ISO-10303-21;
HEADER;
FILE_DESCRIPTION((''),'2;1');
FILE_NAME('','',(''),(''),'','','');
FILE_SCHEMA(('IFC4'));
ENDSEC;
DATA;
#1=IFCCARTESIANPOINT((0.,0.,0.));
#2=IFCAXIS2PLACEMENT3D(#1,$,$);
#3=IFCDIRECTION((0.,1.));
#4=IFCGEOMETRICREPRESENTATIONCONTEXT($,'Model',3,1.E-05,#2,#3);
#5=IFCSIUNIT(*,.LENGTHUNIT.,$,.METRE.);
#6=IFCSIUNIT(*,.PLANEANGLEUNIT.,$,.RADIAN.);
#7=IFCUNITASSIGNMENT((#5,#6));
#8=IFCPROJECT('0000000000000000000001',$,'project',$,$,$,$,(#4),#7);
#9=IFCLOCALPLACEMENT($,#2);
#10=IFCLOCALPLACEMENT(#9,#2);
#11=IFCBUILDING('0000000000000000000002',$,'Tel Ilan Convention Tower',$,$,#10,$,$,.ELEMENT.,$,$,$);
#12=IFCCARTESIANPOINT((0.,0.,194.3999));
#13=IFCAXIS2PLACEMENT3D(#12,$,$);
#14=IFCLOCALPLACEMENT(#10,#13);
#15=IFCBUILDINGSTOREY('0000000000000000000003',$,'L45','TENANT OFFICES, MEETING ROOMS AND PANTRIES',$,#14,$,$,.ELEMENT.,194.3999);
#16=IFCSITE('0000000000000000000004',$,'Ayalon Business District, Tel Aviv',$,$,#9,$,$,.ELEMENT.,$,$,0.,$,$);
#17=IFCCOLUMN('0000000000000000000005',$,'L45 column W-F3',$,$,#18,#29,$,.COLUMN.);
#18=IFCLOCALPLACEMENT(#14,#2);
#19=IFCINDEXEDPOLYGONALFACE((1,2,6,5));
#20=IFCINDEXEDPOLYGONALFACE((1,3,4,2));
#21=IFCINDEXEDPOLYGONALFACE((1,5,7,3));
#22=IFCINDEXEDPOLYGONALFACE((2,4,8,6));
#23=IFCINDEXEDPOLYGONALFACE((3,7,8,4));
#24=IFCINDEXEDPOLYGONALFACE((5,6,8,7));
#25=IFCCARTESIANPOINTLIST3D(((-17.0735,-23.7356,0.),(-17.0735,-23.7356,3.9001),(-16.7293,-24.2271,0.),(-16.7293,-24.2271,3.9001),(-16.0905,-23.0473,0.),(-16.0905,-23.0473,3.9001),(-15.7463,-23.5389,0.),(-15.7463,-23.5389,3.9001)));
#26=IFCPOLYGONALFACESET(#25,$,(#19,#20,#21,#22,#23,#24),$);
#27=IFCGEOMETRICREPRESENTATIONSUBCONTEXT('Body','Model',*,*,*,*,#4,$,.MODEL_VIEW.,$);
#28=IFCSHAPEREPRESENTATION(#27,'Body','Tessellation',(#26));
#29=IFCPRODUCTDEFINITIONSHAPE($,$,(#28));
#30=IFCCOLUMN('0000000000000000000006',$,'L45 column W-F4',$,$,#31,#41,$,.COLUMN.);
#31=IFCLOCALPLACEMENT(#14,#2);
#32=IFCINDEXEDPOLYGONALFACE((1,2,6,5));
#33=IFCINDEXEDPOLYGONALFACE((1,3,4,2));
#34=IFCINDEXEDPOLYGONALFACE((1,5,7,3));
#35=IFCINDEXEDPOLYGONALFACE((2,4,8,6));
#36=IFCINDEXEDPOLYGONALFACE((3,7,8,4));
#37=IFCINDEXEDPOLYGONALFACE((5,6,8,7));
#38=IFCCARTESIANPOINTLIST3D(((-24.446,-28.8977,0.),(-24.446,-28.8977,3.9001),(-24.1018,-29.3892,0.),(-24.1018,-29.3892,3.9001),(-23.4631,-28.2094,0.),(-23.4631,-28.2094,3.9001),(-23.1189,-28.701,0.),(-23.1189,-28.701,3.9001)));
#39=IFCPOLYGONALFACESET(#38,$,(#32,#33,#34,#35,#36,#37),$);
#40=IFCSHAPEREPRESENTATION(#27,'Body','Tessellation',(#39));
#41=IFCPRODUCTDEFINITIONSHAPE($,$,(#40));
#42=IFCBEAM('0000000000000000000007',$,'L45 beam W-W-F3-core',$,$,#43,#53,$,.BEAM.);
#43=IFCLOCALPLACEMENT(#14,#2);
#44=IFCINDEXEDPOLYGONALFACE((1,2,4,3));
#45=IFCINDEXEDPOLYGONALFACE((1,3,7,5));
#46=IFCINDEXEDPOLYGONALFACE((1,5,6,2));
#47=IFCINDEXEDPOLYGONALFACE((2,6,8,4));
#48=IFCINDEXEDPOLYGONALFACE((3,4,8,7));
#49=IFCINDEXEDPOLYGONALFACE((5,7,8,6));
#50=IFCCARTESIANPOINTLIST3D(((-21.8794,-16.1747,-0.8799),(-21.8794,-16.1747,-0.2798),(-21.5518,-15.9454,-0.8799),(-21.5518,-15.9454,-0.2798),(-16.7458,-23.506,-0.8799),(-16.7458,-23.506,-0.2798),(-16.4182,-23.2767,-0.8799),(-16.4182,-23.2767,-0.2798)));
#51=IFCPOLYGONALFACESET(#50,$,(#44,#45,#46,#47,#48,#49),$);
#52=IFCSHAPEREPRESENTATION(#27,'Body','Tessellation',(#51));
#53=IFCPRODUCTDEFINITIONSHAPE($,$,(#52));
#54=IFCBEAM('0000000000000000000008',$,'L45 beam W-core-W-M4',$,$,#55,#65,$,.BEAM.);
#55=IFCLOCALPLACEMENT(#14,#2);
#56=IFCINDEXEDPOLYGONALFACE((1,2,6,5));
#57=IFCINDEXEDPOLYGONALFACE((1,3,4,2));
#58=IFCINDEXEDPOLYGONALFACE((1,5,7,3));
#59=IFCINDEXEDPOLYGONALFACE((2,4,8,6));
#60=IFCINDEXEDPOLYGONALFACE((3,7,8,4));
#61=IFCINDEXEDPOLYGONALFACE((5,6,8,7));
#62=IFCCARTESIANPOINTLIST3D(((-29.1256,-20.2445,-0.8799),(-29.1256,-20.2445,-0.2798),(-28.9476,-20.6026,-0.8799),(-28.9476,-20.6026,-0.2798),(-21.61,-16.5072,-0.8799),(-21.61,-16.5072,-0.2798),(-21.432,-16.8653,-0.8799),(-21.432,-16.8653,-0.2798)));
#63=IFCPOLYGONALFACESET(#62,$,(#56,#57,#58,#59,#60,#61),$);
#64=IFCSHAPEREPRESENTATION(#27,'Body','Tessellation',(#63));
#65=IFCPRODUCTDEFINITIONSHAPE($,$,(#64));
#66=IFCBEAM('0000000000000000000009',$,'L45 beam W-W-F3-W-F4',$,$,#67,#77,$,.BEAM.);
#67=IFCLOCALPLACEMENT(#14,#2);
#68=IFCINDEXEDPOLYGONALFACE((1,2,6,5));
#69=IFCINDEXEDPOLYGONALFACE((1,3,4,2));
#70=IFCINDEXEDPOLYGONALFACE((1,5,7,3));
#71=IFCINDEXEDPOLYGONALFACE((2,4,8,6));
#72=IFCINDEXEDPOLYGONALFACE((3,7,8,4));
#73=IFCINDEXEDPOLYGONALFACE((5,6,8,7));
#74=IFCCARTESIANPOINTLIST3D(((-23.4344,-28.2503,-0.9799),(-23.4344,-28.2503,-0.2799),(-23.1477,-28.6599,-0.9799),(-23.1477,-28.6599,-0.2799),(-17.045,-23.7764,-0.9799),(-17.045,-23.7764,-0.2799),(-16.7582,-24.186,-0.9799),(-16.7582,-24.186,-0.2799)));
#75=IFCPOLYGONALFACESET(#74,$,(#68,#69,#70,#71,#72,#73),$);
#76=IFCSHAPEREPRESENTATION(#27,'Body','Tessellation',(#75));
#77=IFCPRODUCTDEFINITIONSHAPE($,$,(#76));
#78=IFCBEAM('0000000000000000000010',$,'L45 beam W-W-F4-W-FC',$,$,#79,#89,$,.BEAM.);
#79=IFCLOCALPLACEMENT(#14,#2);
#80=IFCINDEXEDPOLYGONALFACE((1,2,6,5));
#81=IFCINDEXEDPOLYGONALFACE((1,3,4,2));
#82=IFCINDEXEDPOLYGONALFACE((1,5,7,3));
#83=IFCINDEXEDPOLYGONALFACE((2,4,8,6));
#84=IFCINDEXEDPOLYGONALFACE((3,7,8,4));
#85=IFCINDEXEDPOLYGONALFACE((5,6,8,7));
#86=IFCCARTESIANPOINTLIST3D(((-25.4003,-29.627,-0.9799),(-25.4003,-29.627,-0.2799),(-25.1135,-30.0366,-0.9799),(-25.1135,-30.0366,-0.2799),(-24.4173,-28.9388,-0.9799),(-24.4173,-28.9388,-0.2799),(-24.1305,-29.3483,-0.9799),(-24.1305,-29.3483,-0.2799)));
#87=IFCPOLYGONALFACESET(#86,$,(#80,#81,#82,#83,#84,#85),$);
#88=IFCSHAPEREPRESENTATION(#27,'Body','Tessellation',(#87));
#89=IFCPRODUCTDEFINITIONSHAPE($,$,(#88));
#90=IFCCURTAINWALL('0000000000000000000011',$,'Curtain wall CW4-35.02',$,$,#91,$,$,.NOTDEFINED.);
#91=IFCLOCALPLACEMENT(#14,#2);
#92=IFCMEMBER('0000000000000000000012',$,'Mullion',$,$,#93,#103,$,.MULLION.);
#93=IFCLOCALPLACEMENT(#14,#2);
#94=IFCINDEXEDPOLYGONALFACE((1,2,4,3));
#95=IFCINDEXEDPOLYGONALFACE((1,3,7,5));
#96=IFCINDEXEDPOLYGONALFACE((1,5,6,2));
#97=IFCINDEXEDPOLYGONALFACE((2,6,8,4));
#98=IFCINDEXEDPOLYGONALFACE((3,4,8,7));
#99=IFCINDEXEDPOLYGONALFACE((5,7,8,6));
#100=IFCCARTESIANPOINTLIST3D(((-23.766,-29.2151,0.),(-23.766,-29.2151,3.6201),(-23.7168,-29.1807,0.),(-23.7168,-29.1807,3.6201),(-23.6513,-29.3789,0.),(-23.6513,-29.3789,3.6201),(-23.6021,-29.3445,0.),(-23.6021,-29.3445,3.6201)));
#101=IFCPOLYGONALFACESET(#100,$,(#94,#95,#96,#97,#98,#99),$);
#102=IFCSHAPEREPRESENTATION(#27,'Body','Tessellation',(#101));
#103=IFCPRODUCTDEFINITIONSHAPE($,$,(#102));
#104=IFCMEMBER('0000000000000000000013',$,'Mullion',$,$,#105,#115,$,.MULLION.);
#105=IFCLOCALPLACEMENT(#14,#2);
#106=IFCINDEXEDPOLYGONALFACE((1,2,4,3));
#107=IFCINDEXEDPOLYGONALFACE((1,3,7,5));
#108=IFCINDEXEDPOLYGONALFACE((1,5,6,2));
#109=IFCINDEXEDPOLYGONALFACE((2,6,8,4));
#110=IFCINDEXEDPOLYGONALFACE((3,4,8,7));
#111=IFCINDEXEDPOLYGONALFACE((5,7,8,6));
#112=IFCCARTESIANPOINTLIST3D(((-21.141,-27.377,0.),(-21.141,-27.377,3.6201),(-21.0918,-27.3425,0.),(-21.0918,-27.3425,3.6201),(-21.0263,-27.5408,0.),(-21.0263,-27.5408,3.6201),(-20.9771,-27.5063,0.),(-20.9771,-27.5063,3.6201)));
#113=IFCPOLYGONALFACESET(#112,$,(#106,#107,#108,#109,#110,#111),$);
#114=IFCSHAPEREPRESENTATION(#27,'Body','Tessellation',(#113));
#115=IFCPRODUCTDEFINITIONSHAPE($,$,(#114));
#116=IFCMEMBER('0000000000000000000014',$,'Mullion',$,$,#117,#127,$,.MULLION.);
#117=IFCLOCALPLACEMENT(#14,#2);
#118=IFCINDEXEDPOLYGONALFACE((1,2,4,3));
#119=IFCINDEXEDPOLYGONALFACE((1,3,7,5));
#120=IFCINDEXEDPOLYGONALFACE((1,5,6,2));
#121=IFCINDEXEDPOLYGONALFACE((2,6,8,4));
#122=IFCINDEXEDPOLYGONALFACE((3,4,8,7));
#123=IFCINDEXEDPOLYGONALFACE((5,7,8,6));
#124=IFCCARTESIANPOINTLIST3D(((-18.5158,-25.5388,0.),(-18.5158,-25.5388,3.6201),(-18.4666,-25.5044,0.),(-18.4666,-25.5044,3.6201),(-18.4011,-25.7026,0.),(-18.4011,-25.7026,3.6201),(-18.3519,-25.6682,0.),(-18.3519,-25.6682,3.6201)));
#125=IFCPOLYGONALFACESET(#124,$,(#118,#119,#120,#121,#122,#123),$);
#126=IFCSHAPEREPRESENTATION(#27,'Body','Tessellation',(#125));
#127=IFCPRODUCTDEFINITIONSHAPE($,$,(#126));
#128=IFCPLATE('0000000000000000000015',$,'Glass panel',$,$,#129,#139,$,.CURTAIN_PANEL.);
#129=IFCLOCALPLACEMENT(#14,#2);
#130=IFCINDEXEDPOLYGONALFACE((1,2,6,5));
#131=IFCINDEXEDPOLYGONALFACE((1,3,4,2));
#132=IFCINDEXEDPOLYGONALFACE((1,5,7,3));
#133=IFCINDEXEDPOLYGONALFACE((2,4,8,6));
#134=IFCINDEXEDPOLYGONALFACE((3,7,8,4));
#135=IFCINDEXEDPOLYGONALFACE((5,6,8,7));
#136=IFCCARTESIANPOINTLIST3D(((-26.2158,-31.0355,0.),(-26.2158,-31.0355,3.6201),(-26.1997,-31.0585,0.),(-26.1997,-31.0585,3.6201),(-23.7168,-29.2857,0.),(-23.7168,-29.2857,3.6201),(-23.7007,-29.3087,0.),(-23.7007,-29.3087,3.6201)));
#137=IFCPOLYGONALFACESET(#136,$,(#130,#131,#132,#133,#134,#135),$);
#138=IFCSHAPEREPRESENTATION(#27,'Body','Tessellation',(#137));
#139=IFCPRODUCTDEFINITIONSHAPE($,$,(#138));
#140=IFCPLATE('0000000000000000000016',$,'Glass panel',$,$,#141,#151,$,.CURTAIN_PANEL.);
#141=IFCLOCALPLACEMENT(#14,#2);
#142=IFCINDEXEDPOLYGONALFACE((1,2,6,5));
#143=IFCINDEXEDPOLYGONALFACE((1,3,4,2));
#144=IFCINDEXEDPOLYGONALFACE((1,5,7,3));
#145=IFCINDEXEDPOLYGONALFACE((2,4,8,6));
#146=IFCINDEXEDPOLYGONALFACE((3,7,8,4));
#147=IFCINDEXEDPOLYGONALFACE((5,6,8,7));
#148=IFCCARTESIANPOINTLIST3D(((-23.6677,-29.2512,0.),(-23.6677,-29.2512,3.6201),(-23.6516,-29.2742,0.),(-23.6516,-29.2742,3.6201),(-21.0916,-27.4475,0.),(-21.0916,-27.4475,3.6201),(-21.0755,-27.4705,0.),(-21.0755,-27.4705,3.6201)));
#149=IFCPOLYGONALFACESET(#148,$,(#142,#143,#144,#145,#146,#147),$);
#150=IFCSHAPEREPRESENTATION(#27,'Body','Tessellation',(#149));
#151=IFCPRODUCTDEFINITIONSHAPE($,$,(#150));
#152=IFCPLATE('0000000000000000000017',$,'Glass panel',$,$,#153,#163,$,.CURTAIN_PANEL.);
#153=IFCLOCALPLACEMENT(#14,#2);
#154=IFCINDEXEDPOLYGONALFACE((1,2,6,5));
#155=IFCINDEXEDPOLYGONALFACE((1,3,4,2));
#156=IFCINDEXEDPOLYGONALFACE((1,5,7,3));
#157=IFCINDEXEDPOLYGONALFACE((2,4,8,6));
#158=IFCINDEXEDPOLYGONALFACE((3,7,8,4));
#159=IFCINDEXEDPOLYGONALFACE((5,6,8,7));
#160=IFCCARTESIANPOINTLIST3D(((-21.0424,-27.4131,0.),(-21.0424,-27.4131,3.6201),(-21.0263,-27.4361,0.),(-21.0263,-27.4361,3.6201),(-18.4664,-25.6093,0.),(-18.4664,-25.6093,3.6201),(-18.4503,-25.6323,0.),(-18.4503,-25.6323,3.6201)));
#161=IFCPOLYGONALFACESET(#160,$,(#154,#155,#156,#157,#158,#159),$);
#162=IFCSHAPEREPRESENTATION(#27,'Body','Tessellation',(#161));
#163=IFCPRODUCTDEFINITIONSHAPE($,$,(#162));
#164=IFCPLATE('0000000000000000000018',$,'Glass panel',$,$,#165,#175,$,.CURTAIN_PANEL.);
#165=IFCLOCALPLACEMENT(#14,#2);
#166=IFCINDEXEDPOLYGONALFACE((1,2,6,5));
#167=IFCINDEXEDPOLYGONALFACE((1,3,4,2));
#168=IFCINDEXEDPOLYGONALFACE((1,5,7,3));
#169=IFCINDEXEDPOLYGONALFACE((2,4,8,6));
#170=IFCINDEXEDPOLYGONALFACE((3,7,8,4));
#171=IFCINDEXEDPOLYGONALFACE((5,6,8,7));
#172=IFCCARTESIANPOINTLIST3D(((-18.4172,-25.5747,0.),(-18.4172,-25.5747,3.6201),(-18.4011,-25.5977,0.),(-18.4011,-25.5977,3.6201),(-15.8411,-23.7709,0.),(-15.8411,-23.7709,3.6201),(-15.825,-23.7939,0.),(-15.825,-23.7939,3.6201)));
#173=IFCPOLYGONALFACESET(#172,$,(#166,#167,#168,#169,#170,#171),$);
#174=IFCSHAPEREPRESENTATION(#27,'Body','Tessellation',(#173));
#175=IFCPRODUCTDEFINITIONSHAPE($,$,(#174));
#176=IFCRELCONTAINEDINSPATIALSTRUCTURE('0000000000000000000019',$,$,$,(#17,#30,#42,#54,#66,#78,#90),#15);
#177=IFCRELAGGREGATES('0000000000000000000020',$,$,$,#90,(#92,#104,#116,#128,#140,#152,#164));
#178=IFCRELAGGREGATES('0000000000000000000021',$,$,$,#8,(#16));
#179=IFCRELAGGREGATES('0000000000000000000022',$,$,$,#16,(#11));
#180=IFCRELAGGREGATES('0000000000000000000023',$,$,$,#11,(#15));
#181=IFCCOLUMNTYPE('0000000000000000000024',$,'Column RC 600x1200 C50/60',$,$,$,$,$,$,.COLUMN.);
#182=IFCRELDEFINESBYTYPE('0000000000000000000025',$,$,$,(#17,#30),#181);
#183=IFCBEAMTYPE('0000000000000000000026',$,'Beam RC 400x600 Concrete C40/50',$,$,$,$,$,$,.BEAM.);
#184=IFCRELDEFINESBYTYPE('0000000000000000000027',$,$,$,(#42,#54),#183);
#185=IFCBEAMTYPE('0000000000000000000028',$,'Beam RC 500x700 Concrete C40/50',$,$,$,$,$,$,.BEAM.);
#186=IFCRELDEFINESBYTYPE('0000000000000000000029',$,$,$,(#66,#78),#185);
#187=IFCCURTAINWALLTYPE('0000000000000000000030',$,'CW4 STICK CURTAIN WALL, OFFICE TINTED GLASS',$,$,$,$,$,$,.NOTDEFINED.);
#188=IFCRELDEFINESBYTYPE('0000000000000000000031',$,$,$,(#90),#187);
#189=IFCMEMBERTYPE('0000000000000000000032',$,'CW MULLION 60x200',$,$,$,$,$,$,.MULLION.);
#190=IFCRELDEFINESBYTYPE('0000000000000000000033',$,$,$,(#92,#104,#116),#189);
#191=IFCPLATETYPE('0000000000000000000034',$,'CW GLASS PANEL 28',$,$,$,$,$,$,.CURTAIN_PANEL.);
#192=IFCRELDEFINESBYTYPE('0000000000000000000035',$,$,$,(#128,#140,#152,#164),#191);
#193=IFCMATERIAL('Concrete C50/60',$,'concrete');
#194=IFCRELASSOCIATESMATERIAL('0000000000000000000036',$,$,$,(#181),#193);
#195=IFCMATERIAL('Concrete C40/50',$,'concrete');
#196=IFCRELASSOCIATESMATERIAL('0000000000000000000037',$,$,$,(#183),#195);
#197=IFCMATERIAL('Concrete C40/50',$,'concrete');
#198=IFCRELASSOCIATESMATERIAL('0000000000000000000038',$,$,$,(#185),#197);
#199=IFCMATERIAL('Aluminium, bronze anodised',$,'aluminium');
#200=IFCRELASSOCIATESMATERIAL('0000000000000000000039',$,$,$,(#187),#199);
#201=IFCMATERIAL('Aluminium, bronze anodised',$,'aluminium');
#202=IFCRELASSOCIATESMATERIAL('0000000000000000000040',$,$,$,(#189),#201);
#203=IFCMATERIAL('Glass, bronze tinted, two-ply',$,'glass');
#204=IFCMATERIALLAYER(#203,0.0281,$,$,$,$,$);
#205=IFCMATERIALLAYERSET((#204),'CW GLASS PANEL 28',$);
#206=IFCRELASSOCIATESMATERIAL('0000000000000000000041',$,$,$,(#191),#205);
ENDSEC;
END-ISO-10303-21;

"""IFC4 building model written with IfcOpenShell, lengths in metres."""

from ifc_helpers import new_model, si_unit, direction, frame, origin, origin_2d, place, context, subcontext, project, spatial, rectangle, extrude, material, layer, layer_set, material_profile, profile_set, type_object, element, aggregate, save


model = new_model("IFC4")

# Units and contexts
model_context = context("Model", 3, precision=1e-05, world=origin(), true_north=direction((0.0, 1.0)))
body_context = subcontext(model_context, "Body", "Model", "MODEL_VIEW")
ifc_project = project(units=[si_unit("LENGTHUNIT", "METRE"), si_unit("PLANEANGLEUNIT", "RADIAN")], contexts=[model_context])

# Site, building, storey
site_placement = place(None, origin())
site = spatial("IfcSite", under=ifc_project, at=site_placement, Name="Ayalon Business District, Tel Aviv", CompositionType="ELEMENT", RefElevation=0.0)
building_placement = place(site_placement, origin())
building = spatial("IfcBuilding", under=site, at=building_placement, Name="Tel Ilan Convention Tower", CompositionType="ELEMENT")
storey_placement = place(building_placement, frame((0.0, 0.0, 194.3999)))
storey = spatial("IfcBuildingStorey", under=building, at=storey_placement, Name="L45", Description="TENANT OFFICES, MEETING ROOMS AND PANTRIES", CompositionType="ELEMENT", Elevation=194.3999)

# Columns
ifc_material_1 = material(Name="Concrete C50/60", Category="concrete")
ifc_material_profile_1 = material_profile(ifc_material_1, rectangle(XDim=1.2, YDim=0.6001, at=origin_2d()), Name="RC 600x1200")
ifc_profile_set_1 = profile_set([ifc_material_profile_1], Name="Concrete C50/60")
column_type = type_object("IfcColumnType", Name="Column RC 600x1200 C50/60", PredefinedType="COLUMN", material=ifc_profile_set_1)
for number, where, z_axis, x_axis, name in (
    (1, (-16.4099, -23.6372, 0.0), (0.0, 0.0, 1.0), (-0.819152, -0.573576, 0.0), "L45 column W-F3"),
    (2, (-23.7825, -28.7993, 0.0), (0.0, 0.0, 1.0), (-0.819152, -0.573576, 0.0), "L45 column W-F4"),
):
    element("IfcColumn", number, at=place(storey_placement, frame(where, z_axis=z_axis, x_axis=x_axis)), inside=storey, type_object=column_type, Name=name, PredefinedType="COLUMN", context=body_context, shape_type="SweptSolid", body=[
        extrude(rectangle(XDim=1.2, YDim=0.6001, at=origin_2d()), origin(), (0.0, 0.0, 1.0), 3.9001),
    ])

# Beams
ifc_material_2 = material(Name="Concrete C40/50", Category="concrete")
ifc_material_profile_2 = material_profile(ifc_material_2, rectangle(XDim=0.3999, YDim=0.6001, at=origin_2d()), Name="RC 400x600")
ifc_profile_set_2 = profile_set([ifc_material_profile_2], Name="Concrete C40/50")
beam_type_1 = type_object("IfcBeamType", Name="Beam RC 400x600 Concrete C40/50", PredefinedType="BEAM", material=ifc_profile_set_2)
beam_1_placement = place(storey_placement, frame((-16.582, -23.3914, -0.5798), z_axis=(-0.573585, 0.819146, 0.0), x_axis=(-0.819146, -0.573585, 0.0)))
element("IfcBeam", 3, at=beam_1_placement, inside=storey, type_object=beam_type_1, Name="L45 beam W-W-F3-core", PredefinedType="BEAM", context=body_context, shape_type="SweptSolid", body=[
    extrude(rectangle(XDim=0.3999, YDim=0.6001, at=origin_2d()), origin(), (0.0, 0.0, 1.0), 8.95),
])
beam_2_placement = place(storey_placement, frame((-21.521, -16.6863, -0.5798), z_axis=(-0.895402, -0.445258, 0.0), x_axis=(0.445258, -0.895402, 0.0)))
element("IfcBeam", 4, at=beam_2_placement, inside=storey, type_object=beam_type_1, Name="L45 beam W-core-W-M4", PredefinedType="BEAM", context=body_context, shape_type="SweptSolid", body=[
    extrude(rectangle(XDim=0.3999, YDim=0.6001, at=origin_2d()), origin(), (0.0, 0.0, 1.0), 8.3936),
])
ifc_material_3 = material(Name="Concrete C40/50", Category="concrete")
ifc_material_profile_3 = material_profile(ifc_material_3, rectangle(XDim=0.5, YDim=0.7, at=origin_2d()), Name="RC 500x700")
ifc_profile_set_3 = profile_set([ifc_material_profile_3], Name="Concrete C40/50")
beam_type_2 = type_object("IfcBeamType", Name="Beam RC 500x700 Concrete C40/50", PredefinedType="BEAM", material=ifc_profile_set_3)
beam_3_placement = place(storey_placement, frame((-16.9016, -23.9812, -0.6299), z_axis=(-0.819154, -0.573574, 0.0), x_axis=(0.573574, -0.819154, 0.0)))
element("IfcBeam", 5, at=beam_3_placement, inside=storey, type_object=beam_type_2, Name="L45 beam W-W-F3-W-F4", PredefinedType="BEAM", context=body_context, shape_type="SweptSolid", body=[
    extrude(rectangle(XDim=0.5, YDim=0.7, at=origin_2d()), origin(), (0.0, 0.0, 1.0), 7.8),
])
beam_4_placement = place(storey_placement, frame((-24.2739, -29.1436, -0.6299), z_axis=(-0.819155, -0.573572, 0.0), x_axis=(0.573572, -0.819155, 0.0)))
element("IfcBeam", 6, at=beam_4_placement, inside=storey, type_object=beam_type_2, Name="L45 beam W-W-F4-W-FC", PredefinedType="BEAM", context=body_context, shape_type="SweptSolid", body=[
    extrude(rectangle(XDim=0.5, YDim=0.7, at=origin_2d()), origin(), (0.0, 0.0, 1.0), 1.2),
])

# Curtain wall, members, plates
ifc_material_4 = material(Name="Aluminium, bronze anodised", Category="aluminium")
curtain_wall_type = type_object("IfcCurtainWallType", Name="CW4 STICK CURTAIN WALL, OFFICE TINTED GLASS", PredefinedType="NOTDEFINED", material=ifc_material_4)
curtain_wall_placement = place(storey_placement, origin())
curtain_wall = element("IfcCurtainWall", 7, at=curtain_wall_placement, inside=storey, type_object=curtain_wall_type, Name="Curtain wall CW4-35.02", PredefinedType="NOTDEFINED")
ifc_material_5 = material(Name="Aluminium, bronze anodised", Category="aluminium")
ifc_material_profile_4 = material_profile(ifc_material_5, rectangle(XDim=0.0601, YDim=0.2, at=origin_2d()), Name="CW MULLION 60x200")
ifc_profile_set_4 = profile_set([ifc_material_profile_4], Name="Aluminium, bronze anodised")
member_type = type_object("IfcMemberType", Name="CW MULLION 60x200", PredefinedType="MULLION", material=ifc_profile_set_4)
member_1_placement = place(storey_placement, frame((-23.6841, -29.2798, 0.0), z_axis=(0.0, 0.0, 1.0), x_axis=(0.819152, 0.573576, 0.0)))
member_1 = element("IfcMember", 8, at=member_1_placement, type_object=member_type, Name="Mullion", PredefinedType="MULLION", context=body_context, shape_type="SweptSolid", body=[
    extrude(rectangle(XDim=0.0601, YDim=0.2, at=origin_2d()), origin(), (0.0, 0.0, 1.0), 3.6201),
])
member_2_placement = place(storey_placement, frame((-21.0591, -27.4417, 0.0), z_axis=(0.0, 0.0, 1.0), x_axis=(0.819152, 0.573576, 0.0)))
member_2 = element("IfcMember", 9, at=member_2_placement, type_object=member_type, Name="Mullion", PredefinedType="MULLION", context=body_context, shape_type="SweptSolid", body=[
    extrude(rectangle(XDim=0.0601, YDim=0.2, at=origin_2d()), origin(), (0.0, 0.0, 1.0), 3.6201),
])
member_3_placement = place(storey_placement, frame((-18.4338, -25.6035, 0.0), z_axis=(0.0, 0.0, 1.0), x_axis=(0.819152, 0.573576, 0.0)))
member_3 = element("IfcMember", 10, at=member_3_placement, type_object=member_type, Name="Mullion", PredefinedType="MULLION", context=body_context, shape_type="SweptSolid", body=[
    extrude(rectangle(XDim=0.0601, YDim=0.2, at=origin_2d()), origin(), (0.0, 0.0, 1.0), 3.6201),
])
ifc_material_6 = material(Name="Glass, bronze tinted, two-ply", Category="glass")
ifc_layer_1 = layer(ifc_material_6, 0.0281)
ifc_layer_set_1 = layer_set([ifc_layer_1], Name="CW GLASS PANEL 28")
plate_type = type_object("IfcPlateType", Name="CW GLASS PANEL 28", PredefinedType="CURTAIN_PANEL", material=ifc_layer_set_1)
plate_1_placement = place(storey_placement, frame((-24.9583, -30.1721, 0.0), z_axis=(0.0, 0.0, 1.0), x_axis=(0.819152, 0.573576, 0.0)))
plate_1 = element("IfcPlate", 11, at=plate_1_placement, type_object=plate_type, Name="Glass panel", PredefinedType="CURTAIN_PANEL", context=body_context, shape_type="SweptSolid", body=[
    extrude(rectangle(XDim=3.0508, YDim=0.0281, at=origin_2d()), origin(), (0.0, 0.0, 1.0), 3.6201),
])
plate_2_placement = place(storey_placement, frame((-22.3716, -28.3608, 0.0), z_axis=(0.0, 0.0, 1.0), x_axis=(0.819152, 0.573576, 0.0)))
plate_2 = element("IfcPlate", 12, at=plate_2_placement, type_object=plate_type, Name="Glass panel", PredefinedType="CURTAIN_PANEL", context=body_context, shape_type="SweptSolid", body=[
    extrude(rectangle(XDim=3.1448, YDim=0.0281, at=origin_2d()), origin(), (0.0, 0.0, 1.0), 3.6201),
])
plate_3_placement = place(storey_placement, frame((-19.7463, -26.5227, 0.0), z_axis=(0.0, 0.0, 1.0), x_axis=(0.819152, 0.573576, 0.0)))
plate_3 = element("IfcPlate", 13, at=plate_3_placement, type_object=plate_type, Name="Glass panel", PredefinedType="CURTAIN_PANEL", context=body_context, shape_type="SweptSolid", body=[
    extrude(rectangle(XDim=3.1448, YDim=0.0281, at=origin_2d()), origin(), (0.0, 0.0, 1.0), 3.6201),
])
plate_4_placement = place(storey_placement, frame((-17.1211, -24.6843, 0.0), z_axis=(0.0, 0.0, 1.0), x_axis=(0.819152, 0.573576, 0.0)))
plate_4 = element("IfcPlate", 14, at=plate_4_placement, type_object=plate_type, Name="Glass panel", PredefinedType="CURTAIN_PANEL", context=body_context, shape_type="SweptSolid", body=[
    extrude(rectangle(XDim=3.1448, YDim=0.0281, at=origin_2d()), origin(), (0.0, 0.0, 1.0), 3.6201),
])
aggregate(curtain_wall, [member_1, member_2, member_3, plate_1, plate_2, plate_3, plate_4])

save(model, "model.ifc")
